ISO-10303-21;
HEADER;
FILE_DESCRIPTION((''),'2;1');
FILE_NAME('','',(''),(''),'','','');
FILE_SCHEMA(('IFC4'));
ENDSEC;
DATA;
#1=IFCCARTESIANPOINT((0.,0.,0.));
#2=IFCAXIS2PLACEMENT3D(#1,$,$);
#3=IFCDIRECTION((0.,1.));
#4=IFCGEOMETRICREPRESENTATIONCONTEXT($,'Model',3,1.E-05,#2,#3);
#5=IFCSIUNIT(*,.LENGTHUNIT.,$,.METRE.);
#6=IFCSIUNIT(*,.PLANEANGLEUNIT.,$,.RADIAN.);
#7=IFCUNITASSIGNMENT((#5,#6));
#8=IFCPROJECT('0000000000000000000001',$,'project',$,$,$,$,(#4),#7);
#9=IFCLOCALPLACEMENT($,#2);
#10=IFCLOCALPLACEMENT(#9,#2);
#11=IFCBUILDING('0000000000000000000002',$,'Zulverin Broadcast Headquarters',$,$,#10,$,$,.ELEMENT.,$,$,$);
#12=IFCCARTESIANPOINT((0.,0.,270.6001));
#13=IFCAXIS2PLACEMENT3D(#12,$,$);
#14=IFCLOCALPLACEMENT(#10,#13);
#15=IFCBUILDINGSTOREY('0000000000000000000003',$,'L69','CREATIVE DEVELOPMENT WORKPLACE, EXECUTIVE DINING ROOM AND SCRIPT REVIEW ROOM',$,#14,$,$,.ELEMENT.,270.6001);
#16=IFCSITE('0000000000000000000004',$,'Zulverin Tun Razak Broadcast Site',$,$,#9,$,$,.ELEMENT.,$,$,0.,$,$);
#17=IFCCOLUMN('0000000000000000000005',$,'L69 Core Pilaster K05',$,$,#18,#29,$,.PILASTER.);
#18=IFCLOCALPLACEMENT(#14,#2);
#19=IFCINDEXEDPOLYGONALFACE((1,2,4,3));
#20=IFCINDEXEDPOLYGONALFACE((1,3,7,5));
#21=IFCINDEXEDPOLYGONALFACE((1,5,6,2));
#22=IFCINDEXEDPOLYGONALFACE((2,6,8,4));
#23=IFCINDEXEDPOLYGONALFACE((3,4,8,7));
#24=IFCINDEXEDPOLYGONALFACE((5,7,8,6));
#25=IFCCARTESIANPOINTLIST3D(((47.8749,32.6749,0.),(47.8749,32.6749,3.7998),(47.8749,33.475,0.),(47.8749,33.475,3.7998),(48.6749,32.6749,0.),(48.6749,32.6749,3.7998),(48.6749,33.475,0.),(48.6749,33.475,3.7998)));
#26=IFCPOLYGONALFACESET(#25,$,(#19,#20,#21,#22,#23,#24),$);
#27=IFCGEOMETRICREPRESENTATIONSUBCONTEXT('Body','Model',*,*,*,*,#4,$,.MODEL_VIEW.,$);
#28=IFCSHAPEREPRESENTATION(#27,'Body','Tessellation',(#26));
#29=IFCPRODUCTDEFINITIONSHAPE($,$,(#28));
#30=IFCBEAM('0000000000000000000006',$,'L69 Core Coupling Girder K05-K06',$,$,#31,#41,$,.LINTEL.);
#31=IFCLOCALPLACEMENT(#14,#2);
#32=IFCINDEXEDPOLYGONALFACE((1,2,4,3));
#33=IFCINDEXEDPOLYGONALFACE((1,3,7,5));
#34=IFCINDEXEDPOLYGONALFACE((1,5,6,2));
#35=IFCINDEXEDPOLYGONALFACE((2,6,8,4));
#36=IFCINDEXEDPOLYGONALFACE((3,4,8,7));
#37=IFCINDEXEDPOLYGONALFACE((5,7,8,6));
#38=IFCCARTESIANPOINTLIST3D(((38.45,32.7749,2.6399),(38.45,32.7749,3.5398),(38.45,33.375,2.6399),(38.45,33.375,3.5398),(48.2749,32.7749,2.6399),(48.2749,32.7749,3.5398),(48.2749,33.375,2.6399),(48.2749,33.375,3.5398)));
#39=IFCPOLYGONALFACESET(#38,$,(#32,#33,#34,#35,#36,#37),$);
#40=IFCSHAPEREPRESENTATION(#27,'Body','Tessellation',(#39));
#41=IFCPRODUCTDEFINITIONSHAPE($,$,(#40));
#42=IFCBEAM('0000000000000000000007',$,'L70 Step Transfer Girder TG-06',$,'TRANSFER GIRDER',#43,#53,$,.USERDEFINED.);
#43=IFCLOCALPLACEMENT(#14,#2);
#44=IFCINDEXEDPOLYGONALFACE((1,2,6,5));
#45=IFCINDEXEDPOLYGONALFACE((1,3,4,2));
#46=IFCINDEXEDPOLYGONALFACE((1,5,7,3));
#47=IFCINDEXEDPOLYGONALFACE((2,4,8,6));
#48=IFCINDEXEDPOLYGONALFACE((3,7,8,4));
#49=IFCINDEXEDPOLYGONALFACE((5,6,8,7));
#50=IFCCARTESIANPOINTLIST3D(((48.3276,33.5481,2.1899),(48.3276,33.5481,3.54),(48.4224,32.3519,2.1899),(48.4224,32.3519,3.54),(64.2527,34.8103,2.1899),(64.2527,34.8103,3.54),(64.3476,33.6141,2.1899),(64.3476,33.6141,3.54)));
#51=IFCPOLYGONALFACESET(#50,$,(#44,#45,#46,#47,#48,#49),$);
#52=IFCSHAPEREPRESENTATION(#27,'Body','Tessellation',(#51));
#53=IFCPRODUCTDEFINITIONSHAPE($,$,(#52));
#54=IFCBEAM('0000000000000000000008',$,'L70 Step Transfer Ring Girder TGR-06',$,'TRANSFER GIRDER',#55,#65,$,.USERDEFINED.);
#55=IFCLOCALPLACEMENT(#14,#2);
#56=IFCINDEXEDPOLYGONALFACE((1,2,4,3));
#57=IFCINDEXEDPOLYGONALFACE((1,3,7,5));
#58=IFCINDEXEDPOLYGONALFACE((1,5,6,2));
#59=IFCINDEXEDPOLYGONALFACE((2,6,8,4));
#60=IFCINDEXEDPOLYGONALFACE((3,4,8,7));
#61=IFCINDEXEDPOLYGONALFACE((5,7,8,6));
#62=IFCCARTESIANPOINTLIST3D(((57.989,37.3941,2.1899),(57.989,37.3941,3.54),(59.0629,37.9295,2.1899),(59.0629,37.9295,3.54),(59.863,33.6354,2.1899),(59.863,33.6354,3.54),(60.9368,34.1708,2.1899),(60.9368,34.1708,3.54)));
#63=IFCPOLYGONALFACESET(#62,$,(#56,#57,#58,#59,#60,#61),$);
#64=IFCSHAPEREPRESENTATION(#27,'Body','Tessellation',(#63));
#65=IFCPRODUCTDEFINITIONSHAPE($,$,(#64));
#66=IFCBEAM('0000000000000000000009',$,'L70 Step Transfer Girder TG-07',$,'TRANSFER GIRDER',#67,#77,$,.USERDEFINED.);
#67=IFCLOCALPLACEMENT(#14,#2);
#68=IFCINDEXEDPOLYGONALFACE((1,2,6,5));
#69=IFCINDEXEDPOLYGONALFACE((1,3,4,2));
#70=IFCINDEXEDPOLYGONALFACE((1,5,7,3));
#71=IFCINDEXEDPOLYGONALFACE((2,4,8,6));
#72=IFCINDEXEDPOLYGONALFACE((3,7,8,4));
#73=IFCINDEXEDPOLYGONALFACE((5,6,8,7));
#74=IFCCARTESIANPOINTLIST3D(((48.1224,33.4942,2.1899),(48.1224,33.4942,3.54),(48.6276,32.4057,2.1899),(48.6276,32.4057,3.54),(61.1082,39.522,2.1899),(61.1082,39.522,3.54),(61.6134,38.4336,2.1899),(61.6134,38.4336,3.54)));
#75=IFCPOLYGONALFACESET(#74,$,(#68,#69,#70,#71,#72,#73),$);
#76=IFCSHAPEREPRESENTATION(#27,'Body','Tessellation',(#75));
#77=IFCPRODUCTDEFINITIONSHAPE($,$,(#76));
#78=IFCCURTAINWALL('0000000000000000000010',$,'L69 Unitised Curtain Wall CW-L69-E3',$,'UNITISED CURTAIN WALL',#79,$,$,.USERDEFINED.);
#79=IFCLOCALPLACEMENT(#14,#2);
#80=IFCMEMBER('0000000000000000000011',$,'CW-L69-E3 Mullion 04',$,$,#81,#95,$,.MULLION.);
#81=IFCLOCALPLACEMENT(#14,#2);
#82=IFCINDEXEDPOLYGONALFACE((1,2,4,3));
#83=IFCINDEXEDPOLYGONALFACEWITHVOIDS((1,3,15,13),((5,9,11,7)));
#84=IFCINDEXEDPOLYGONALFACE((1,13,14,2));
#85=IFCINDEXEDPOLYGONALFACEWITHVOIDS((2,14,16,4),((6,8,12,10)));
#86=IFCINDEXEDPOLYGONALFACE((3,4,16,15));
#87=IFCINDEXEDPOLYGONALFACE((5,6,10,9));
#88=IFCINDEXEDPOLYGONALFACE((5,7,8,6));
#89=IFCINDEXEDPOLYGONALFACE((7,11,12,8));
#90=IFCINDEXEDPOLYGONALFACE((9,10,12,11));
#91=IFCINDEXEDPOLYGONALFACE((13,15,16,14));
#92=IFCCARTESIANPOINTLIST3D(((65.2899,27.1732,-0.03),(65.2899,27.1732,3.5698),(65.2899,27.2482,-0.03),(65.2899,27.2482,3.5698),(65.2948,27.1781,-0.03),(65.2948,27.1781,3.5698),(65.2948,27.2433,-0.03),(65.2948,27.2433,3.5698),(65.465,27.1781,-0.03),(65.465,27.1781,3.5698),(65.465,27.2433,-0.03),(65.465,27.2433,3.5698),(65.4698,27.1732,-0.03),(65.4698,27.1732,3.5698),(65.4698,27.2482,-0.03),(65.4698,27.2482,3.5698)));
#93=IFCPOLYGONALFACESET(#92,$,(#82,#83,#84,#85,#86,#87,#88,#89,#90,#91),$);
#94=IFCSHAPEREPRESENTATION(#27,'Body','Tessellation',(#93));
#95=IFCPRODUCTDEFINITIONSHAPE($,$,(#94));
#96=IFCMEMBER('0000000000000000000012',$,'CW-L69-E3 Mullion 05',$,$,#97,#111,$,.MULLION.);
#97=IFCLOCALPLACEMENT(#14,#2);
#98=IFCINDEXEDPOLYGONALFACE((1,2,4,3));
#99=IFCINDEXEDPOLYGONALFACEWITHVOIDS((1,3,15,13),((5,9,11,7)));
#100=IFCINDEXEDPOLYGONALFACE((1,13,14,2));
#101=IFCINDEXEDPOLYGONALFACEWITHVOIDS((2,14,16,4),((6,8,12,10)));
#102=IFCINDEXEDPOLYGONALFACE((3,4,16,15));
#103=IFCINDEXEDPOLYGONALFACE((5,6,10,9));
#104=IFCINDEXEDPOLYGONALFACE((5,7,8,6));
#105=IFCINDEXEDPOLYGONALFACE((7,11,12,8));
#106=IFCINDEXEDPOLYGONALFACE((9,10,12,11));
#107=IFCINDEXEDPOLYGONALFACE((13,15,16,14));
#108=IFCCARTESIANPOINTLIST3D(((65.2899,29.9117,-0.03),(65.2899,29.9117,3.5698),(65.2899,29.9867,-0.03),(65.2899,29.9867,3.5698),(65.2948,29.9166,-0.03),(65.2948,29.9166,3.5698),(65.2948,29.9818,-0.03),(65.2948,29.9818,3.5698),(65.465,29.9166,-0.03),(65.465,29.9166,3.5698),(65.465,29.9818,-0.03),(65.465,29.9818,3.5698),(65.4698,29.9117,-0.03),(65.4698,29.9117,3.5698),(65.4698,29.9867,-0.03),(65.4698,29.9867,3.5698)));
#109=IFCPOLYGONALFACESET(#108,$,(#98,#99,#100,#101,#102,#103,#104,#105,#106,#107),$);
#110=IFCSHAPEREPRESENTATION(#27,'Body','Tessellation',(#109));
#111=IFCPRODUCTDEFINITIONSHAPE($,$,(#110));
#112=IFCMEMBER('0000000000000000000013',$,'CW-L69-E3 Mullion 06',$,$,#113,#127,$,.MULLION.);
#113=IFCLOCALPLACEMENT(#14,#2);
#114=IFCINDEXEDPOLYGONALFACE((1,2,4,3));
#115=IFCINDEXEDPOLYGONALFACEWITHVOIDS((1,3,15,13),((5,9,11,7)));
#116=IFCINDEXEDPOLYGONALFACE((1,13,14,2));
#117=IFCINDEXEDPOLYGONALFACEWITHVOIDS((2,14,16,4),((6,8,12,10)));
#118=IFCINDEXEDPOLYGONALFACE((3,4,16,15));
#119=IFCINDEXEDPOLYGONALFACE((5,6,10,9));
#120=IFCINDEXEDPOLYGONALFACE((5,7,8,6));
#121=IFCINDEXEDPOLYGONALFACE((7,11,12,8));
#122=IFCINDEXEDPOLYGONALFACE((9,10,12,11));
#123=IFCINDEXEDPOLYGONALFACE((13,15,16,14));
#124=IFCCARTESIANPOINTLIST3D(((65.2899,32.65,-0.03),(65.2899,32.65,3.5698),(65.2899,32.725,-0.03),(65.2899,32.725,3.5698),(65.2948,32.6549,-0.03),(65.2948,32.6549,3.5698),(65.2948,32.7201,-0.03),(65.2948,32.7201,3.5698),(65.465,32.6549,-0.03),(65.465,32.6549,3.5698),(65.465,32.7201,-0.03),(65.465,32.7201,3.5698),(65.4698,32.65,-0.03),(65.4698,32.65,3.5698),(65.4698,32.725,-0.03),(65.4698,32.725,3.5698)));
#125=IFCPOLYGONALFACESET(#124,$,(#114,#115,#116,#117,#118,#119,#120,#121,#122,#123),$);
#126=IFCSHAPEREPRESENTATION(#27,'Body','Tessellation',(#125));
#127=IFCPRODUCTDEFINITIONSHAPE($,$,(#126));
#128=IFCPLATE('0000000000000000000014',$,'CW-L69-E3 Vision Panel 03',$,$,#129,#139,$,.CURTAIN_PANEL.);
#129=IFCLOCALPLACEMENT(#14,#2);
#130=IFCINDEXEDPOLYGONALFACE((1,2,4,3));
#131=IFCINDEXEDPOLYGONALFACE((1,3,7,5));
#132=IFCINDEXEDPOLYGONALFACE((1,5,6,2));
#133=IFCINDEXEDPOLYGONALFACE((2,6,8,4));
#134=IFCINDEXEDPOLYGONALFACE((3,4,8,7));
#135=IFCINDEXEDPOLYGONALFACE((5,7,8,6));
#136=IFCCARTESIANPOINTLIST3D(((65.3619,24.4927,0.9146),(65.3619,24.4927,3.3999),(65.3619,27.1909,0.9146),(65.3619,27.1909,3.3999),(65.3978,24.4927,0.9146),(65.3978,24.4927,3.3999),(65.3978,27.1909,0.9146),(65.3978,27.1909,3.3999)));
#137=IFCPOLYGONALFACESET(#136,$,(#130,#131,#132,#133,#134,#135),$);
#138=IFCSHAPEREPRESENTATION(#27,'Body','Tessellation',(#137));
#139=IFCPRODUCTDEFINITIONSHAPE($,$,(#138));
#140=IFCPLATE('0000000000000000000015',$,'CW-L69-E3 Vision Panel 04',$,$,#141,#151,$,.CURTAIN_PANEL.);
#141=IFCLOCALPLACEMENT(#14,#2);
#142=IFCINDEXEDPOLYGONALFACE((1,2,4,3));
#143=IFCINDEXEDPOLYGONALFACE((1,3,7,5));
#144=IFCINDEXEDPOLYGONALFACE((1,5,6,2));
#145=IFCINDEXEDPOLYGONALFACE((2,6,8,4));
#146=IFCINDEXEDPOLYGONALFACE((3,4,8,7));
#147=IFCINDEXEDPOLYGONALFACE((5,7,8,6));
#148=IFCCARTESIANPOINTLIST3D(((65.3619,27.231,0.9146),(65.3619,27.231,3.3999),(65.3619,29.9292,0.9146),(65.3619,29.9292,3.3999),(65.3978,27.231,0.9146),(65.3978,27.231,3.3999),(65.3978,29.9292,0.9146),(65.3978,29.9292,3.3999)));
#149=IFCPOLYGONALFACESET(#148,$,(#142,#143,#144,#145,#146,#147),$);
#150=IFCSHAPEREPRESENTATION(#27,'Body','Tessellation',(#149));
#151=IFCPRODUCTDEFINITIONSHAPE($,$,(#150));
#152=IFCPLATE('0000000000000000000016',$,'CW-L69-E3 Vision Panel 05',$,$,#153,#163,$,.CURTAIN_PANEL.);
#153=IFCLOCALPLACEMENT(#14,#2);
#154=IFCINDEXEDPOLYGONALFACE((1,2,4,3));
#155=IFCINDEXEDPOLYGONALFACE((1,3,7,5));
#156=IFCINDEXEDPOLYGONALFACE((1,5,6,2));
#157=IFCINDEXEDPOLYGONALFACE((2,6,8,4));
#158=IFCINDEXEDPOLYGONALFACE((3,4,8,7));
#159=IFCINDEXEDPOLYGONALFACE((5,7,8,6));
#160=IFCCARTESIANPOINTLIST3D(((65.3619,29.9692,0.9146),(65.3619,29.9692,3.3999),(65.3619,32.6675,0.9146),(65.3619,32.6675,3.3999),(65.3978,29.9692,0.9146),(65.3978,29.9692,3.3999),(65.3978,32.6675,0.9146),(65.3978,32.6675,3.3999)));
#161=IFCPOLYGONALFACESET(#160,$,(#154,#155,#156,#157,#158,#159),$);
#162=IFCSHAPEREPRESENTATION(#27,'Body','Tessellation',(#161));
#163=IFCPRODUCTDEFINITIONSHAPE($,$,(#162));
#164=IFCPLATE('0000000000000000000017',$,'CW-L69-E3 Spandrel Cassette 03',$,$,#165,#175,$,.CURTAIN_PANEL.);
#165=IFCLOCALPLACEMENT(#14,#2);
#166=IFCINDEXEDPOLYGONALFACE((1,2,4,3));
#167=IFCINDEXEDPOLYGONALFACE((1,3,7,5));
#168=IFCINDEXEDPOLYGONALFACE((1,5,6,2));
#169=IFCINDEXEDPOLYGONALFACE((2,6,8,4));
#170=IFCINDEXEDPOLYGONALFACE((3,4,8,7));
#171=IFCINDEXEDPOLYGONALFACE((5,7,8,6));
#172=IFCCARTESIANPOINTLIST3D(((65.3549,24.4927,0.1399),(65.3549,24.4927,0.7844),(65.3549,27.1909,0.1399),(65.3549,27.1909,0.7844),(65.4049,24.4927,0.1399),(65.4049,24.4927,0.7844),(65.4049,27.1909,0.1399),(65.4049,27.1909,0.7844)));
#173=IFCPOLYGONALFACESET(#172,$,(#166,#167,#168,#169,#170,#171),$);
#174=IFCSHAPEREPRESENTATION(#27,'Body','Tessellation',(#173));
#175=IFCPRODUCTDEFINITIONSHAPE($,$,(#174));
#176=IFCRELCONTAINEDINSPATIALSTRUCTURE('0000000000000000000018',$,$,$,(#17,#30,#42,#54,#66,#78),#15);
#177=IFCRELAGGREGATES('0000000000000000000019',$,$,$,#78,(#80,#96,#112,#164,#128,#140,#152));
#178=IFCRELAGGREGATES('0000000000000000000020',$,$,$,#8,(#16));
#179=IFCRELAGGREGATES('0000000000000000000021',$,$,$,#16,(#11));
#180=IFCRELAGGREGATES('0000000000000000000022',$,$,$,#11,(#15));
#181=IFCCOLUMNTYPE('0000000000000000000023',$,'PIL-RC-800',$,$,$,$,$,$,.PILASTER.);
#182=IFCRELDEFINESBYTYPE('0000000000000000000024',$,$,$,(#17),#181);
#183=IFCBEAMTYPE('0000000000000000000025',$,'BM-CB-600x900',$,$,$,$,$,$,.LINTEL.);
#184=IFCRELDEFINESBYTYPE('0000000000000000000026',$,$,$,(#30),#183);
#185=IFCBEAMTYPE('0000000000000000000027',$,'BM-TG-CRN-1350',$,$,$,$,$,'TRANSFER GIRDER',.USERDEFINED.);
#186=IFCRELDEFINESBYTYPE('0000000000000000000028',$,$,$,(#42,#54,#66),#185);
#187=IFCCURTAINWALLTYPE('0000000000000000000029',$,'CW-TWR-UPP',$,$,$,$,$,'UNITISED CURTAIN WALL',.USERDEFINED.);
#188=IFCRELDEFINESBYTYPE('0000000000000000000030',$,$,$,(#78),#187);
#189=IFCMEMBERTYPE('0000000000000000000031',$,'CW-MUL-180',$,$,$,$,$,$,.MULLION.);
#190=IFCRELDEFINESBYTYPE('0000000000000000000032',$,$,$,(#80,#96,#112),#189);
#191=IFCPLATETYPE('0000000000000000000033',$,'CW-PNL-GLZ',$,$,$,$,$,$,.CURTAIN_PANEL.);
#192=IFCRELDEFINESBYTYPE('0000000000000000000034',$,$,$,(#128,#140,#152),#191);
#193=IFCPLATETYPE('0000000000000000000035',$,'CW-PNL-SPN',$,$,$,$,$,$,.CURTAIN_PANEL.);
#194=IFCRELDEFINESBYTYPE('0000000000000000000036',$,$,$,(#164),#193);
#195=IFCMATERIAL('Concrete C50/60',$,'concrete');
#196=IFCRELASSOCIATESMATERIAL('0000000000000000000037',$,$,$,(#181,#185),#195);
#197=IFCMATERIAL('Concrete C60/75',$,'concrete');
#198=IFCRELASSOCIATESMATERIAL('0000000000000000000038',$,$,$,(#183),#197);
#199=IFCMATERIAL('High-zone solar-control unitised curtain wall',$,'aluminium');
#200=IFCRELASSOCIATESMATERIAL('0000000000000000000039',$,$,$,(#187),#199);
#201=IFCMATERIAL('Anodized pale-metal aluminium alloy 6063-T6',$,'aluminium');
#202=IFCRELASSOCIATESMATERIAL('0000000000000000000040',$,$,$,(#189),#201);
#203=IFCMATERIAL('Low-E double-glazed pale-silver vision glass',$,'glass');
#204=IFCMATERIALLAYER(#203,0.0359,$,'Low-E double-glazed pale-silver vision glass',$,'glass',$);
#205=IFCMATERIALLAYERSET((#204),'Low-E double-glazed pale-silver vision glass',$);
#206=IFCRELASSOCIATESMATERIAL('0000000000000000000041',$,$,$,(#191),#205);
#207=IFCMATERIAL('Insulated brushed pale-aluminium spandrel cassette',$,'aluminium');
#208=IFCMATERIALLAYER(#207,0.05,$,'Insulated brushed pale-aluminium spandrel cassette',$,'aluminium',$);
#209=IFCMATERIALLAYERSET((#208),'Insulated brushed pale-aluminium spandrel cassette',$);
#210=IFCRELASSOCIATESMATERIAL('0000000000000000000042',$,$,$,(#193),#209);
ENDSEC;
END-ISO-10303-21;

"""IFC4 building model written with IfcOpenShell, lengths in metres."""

from ifc_helpers import new_model, si_unit, direction, frame, origin, origin_2d, place, context, subcontext, project, spatial, rectangle, hollow_rectangle, extrude, material, layer, layer_set, material_profile, profile_set, type_object, element, aggregate, save


model = new_model("IFC4")

# Units and contexts
model_context = context("Model", 3, precision=1e-05, world=origin(), true_north=direction((0.0, 1.0)))
body_context = subcontext(model_context, "Body", "Model", "MODEL_VIEW")
ifc_project = project(units=[si_unit("LENGTHUNIT", "METRE"), si_unit("PLANEANGLEUNIT", "RADIAN")], contexts=[model_context])

# Site, building, storey
site_placement = place(None, origin())
site = spatial("IfcSite", under=ifc_project, at=site_placement, Name="Zulverin Tun Razak Broadcast Site", CompositionType="ELEMENT", RefElevation=0.0)
building_placement = place(site_placement, origin())
building = spatial("IfcBuilding", under=site, at=building_placement, Name="Zulverin Broadcast Headquarters", CompositionType="ELEMENT")
storey_placement = place(building_placement, frame((0.0, 0.0, 270.6001)))
storey = spatial("IfcBuildingStorey", under=building, at=storey_placement, Name="L69", Description="CREATIVE DEVELOPMENT WORKPLACE, EXECUTIVE DINING ROOM AND SCRIPT REVIEW ROOM", CompositionType="ELEMENT", Elevation=270.6001)

# Column
ifc_material_1 = material(Name="Concrete C50/60", Category="concrete")
ifc_material_profile_1 = material_profile(ifc_material_1, rectangle(XDim=0.8, YDim=0.8, at=origin_2d()), Name="Concrete C50/60", Category="concrete")
ifc_profile_set_1 = profile_set([ifc_material_profile_1], Name="Concrete C50/60")
column_type = type_object("IfcColumnType", Name="PIL-RC-800", PredefinedType="PILASTER", material=ifc_profile_set_1)
column_placement = place(storey_placement, frame((48.2749, 33.075, 0.0), z_axis=(0.0, 0.0, 1.0), x_axis=(1.0, 0.0, 0.0)))
element("IfcColumn", 1, at=column_placement, inside=storey, type_object=column_type, Name="L69 Core Pilaster K05", PredefinedType="PILASTER", context=body_context, shape_type="SweptSolid", body=[
    extrude(rectangle(XDim=0.8, YDim=0.8, at=origin_2d()), origin(), (0.0, 0.0, 1.0), 3.7998),
])

# Beams
ifc_material_2 = material(Name="Concrete C60/75", Category="concrete")
ifc_material_profile_2 = material_profile(ifc_material_2, rectangle(XDim=0.6001, YDim=0.8999, at=origin_2d()), Name="Concrete C60/75", Category="concrete")
ifc_profile_set_2 = profile_set([ifc_material_profile_2], Name="Concrete C60/75")
beam_type_1 = type_object("IfcBeamType", Name="BM-CB-600x900", PredefinedType="LINTEL", material=ifc_profile_set_2)
beam_1_placement = place(storey_placement, frame((48.2749, 33.075, 3.0898), z_axis=(-1.0, 0.0, 0.0), x_axis=(0.0, -1.0, 0.0)))
element("IfcBeam", 2, at=beam_1_placement, inside=storey, type_object=beam_type_1, Name="L69 Core Coupling Girder K05-K06", PredefinedType="LINTEL", context=body_context, shape_type="SweptSolid", body=[
    extrude(rectangle(XDim=0.6001, YDim=0.8999, at=origin_2d()), origin(), (0.0, 0.0, 1.0), 9.825),
])
ifc_material_profile_3 = material_profile(ifc_material_1, rectangle(XDim=1.2, YDim=1.3501, at=origin_2d()), Name="Concrete C50/60", Category="concrete")
ifc_profile_set_3 = profile_set([ifc_material_profile_3], Name="Concrete C50/60")
beam_type_2 = type_object("IfcBeamType", Name="BM-TG-CRN-1350", ElementType="TRANSFER GIRDER", PredefinedType="USERDEFINED", material=ifc_profile_set_3)
beam_2_placement = place(storey_placement, frame((48.375, 32.95, 2.865), z_axis=(0.996874, 0.079011, 0.0), x_axis=(-0.079011, 0.996874, 0.0)))
element("IfcBeam", 3, at=beam_2_placement, inside=storey, type_object=beam_type_2, Name="L70 Step Transfer Girder TG-06", ObjectType="TRANSFER GIRDER", PredefinedType="USERDEFINED", context=body_context, shape_type="SweptSolid", body=[
    extrude(rectangle(XDim=1.2, YDim=1.3501, at=origin_2d()), origin(), (0.0, 0.0, 1.0), 15.9751),
])
beam_3_placement = place(storey_placement, frame((60.3999, 33.9031, 2.865), z_axis=(-0.44619, 0.894938, 0.0), x_axis=(-0.894938, -0.44619, 0.0)))
element("IfcBeam", 4, at=beam_3_placement, inside=storey, type_object=beam_type_2, Name="L70 Step Transfer Ring Girder TGR-06", ObjectType="TRANSFER GIRDER", PredefinedType="USERDEFINED", context=body_context, shape_type="SweptSolid", body=[
    extrude(rectangle(XDim=1.2, YDim=1.3501, at=origin_2d()), origin(), (0.0, 0.0, 1.0), 4.2),
])
beam_4_placement = place(storey_placement, frame((48.375, 32.95, 2.865), z_axis=(0.907044, 0.421036, 0.0), x_axis=(-0.421036, 0.907044, 0.0)))
element("IfcBeam", 5, at=beam_4_placement, inside=storey, type_object=beam_type_2, Name="L70 Step Transfer Girder TG-07", ObjectType="TRANSFER GIRDER", PredefinedType="USERDEFINED", context=body_context, shape_type="SweptSolid", body=[
    extrude(rectangle(XDim=1.2, YDim=1.3501, at=origin_2d()), origin(), (0.0, 0.0, 1.0), 14.3167),
])

# Curtain wall, members, plates
ifc_material_3 = material(Name="High-zone solar-control unitised curtain wall", Category="aluminium")
curtain_wall_type = type_object("IfcCurtainWallType", Name="CW-TWR-UPP", ElementType="UNITISED CURTAIN WALL", PredefinedType="USERDEFINED", material=ifc_material_3)
curtain_wall_placement = place(storey_placement, origin())
curtain_wall = element("IfcCurtainWall", 6, at=curtain_wall_placement, inside=storey, type_object=curtain_wall_type, Name="L69 Unitised Curtain Wall CW-L69-E3", ObjectType="UNITISED CURTAIN WALL", PredefinedType="USERDEFINED")
ifc_material_4 = material(Name="Anodized pale-metal aluminium alloy 6063-T6", Category="aluminium")
ifc_material_profile_4 = material_profile(ifc_material_4, hollow_rectangle(XDim=0.075, YDim=0.1799, WallThickness=0.0049, at=origin_2d()), Name="Anodized pale-metal aluminium alloy 6063-T6", Category="aluminium")
ifc_profile_set_4 = profile_set([ifc_material_profile_4], Name="Anodized pale-metal aluminium alloy 6063-T6")
member_type = type_object("IfcMemberType", Name="CW-MUL-180", PredefinedType="MULLION", material=ifc_profile_set_4)
member_1_placement = place(storey_placement, frame((65.3799, 27.2107, -0.03), z_axis=(0.0, 0.0, 1.0), x_axis=(0.0, 1.0, 0.0)))
member_1 = element("IfcMember", 7, at=member_1_placement, type_object=member_type, Name="CW-L69-E3 Mullion 04", PredefinedType="MULLION", context=body_context, shape_type="SweptSolid", body=[
    extrude(hollow_rectangle(XDim=0.075, YDim=0.1799, WallThickness=0.0049, at=origin_2d()), origin(), (0.0, 0.0, 1.0), 3.5999),
])
member_2_placement = place(storey_placement, frame((65.3799, 29.9492, -0.03), z_axis=(0.0, 0.0, 1.0), x_axis=(0.0, 1.0, 0.0)))
member_2 = element("IfcMember", 8, at=member_2_placement, type_object=member_type, Name="CW-L69-E3 Mullion 05", PredefinedType="MULLION", context=body_context, shape_type="SweptSolid", body=[
    extrude(hollow_rectangle(XDim=0.075, YDim=0.1799, WallThickness=0.0049, at=origin_2d()), origin(), (0.0, 0.0, 1.0), 3.5999),
])
member_3_placement = place(storey_placement, frame((65.3799, 32.6875, -0.03), z_axis=(0.0, 0.0, 1.0), x_axis=(0.0, 1.0, 0.0)))
member_3 = element("IfcMember", 9, at=member_3_placement, type_object=member_type, Name="CW-L69-E3 Mullion 06", PredefinedType="MULLION", context=body_context, shape_type="SweptSolid", body=[
    extrude(hollow_rectangle(XDim=0.075, YDim=0.1799, WallThickness=0.0049, at=origin_2d()), origin(), (0.0, 0.0, 1.0), 3.5999),
])
ifc_material_5 = material(Name="Low-E double-glazed pale-silver vision glass", Category="glass")
ifc_layer_1 = layer(ifc_material_5, 0.0359, Name="Low-E double-glazed pale-silver vision glass", Category="glass")
ifc_layer_set_1 = layer_set([ifc_layer_1], Name="Low-E double-glazed pale-silver vision glass")
plate_type_1 = type_object("IfcPlateType", Name="CW-PNL-GLZ", PredefinedType="CURTAIN_PANEL", material=ifc_layer_set_1)
plate_1_placement = place(storey_placement, frame((65.3799, 25.8418, 0.9146), z_axis=(0.0, 0.0, 1.0), x_axis=(0.0, 1.0, 0.0)))
plate_1 = element("IfcPlate", 10, at=plate_1_placement, type_object=plate_type_1, Name="CW-L69-E3 Vision Panel 03", PredefinedType="CURTAIN_PANEL", context=body_context, shape_type="SweptSolid", body=[
    extrude(rectangle(XDim=2.6982, YDim=0.0359, at=origin_2d()), origin(), (0.0, 0.0, 1.0), 2.4854),
])
plate_2_placement = place(storey_placement, frame((65.3799, 28.5801, 0.9146), z_axis=(0.0, 0.0, 1.0), x_axis=(0.0, 1.0, 0.0)))
plate_2 = element("IfcPlate", 11, at=plate_2_placement, type_object=plate_type_1, Name="CW-L69-E3 Vision Panel 04", PredefinedType="CURTAIN_PANEL", context=body_context, shape_type="SweptSolid", body=[
    extrude(rectangle(XDim=2.6982, YDim=0.0359, at=origin_2d()), origin(), (0.0, 0.0, 1.0), 2.4854),
])
plate_3_placement = place(storey_placement, frame((65.3799, 31.3184, 0.9146), z_axis=(0.0, 0.0, 1.0), x_axis=(0.0, 1.0, 0.0)))
plate_3 = element("IfcPlate", 12, at=plate_3_placement, type_object=plate_type_1, Name="CW-L69-E3 Vision Panel 05", PredefinedType="CURTAIN_PANEL", context=body_context, shape_type="SweptSolid", body=[
    extrude(rectangle(XDim=2.6982, YDim=0.0359, at=origin_2d()), origin(), (0.0, 0.0, 1.0), 2.4854),
])
ifc_material_6 = material(Name="Insulated brushed pale-aluminium spandrel cassette", Category="aluminium")
ifc_layer_2 = layer(ifc_material_6, 0.05, Name="Insulated brushed pale-aluminium spandrel cassette", Category="aluminium")
ifc_layer_set_2 = layer_set([ifc_layer_2], Name="Insulated brushed pale-aluminium spandrel cassette")
plate_type_2 = type_object("IfcPlateType", Name="CW-PNL-SPN", PredefinedType="CURTAIN_PANEL", material=ifc_layer_set_2)
plate_4_placement = place(storey_placement, frame((65.3799, 25.8418, 0.1399), z_axis=(0.0, 0.0, 1.0), x_axis=(0.0, 1.0, 0.0)))
plate_4 = element("IfcPlate", 13, at=plate_4_placement, type_object=plate_type_2, Name="CW-L69-E3 Spandrel Cassette 03", PredefinedType="CURTAIN_PANEL", context=body_context, shape_type="SweptSolid", body=[
    extrude(rectangle(XDim=2.6982, YDim=0.05, at=origin_2d()), origin(), (0.0, 0.0, 1.0), 0.6445),
])
aggregate(curtain_wall, [member_1, member_2, member_3, plate_4, plate_1, plate_2, plate_3])

save(model, "model.ifc")
